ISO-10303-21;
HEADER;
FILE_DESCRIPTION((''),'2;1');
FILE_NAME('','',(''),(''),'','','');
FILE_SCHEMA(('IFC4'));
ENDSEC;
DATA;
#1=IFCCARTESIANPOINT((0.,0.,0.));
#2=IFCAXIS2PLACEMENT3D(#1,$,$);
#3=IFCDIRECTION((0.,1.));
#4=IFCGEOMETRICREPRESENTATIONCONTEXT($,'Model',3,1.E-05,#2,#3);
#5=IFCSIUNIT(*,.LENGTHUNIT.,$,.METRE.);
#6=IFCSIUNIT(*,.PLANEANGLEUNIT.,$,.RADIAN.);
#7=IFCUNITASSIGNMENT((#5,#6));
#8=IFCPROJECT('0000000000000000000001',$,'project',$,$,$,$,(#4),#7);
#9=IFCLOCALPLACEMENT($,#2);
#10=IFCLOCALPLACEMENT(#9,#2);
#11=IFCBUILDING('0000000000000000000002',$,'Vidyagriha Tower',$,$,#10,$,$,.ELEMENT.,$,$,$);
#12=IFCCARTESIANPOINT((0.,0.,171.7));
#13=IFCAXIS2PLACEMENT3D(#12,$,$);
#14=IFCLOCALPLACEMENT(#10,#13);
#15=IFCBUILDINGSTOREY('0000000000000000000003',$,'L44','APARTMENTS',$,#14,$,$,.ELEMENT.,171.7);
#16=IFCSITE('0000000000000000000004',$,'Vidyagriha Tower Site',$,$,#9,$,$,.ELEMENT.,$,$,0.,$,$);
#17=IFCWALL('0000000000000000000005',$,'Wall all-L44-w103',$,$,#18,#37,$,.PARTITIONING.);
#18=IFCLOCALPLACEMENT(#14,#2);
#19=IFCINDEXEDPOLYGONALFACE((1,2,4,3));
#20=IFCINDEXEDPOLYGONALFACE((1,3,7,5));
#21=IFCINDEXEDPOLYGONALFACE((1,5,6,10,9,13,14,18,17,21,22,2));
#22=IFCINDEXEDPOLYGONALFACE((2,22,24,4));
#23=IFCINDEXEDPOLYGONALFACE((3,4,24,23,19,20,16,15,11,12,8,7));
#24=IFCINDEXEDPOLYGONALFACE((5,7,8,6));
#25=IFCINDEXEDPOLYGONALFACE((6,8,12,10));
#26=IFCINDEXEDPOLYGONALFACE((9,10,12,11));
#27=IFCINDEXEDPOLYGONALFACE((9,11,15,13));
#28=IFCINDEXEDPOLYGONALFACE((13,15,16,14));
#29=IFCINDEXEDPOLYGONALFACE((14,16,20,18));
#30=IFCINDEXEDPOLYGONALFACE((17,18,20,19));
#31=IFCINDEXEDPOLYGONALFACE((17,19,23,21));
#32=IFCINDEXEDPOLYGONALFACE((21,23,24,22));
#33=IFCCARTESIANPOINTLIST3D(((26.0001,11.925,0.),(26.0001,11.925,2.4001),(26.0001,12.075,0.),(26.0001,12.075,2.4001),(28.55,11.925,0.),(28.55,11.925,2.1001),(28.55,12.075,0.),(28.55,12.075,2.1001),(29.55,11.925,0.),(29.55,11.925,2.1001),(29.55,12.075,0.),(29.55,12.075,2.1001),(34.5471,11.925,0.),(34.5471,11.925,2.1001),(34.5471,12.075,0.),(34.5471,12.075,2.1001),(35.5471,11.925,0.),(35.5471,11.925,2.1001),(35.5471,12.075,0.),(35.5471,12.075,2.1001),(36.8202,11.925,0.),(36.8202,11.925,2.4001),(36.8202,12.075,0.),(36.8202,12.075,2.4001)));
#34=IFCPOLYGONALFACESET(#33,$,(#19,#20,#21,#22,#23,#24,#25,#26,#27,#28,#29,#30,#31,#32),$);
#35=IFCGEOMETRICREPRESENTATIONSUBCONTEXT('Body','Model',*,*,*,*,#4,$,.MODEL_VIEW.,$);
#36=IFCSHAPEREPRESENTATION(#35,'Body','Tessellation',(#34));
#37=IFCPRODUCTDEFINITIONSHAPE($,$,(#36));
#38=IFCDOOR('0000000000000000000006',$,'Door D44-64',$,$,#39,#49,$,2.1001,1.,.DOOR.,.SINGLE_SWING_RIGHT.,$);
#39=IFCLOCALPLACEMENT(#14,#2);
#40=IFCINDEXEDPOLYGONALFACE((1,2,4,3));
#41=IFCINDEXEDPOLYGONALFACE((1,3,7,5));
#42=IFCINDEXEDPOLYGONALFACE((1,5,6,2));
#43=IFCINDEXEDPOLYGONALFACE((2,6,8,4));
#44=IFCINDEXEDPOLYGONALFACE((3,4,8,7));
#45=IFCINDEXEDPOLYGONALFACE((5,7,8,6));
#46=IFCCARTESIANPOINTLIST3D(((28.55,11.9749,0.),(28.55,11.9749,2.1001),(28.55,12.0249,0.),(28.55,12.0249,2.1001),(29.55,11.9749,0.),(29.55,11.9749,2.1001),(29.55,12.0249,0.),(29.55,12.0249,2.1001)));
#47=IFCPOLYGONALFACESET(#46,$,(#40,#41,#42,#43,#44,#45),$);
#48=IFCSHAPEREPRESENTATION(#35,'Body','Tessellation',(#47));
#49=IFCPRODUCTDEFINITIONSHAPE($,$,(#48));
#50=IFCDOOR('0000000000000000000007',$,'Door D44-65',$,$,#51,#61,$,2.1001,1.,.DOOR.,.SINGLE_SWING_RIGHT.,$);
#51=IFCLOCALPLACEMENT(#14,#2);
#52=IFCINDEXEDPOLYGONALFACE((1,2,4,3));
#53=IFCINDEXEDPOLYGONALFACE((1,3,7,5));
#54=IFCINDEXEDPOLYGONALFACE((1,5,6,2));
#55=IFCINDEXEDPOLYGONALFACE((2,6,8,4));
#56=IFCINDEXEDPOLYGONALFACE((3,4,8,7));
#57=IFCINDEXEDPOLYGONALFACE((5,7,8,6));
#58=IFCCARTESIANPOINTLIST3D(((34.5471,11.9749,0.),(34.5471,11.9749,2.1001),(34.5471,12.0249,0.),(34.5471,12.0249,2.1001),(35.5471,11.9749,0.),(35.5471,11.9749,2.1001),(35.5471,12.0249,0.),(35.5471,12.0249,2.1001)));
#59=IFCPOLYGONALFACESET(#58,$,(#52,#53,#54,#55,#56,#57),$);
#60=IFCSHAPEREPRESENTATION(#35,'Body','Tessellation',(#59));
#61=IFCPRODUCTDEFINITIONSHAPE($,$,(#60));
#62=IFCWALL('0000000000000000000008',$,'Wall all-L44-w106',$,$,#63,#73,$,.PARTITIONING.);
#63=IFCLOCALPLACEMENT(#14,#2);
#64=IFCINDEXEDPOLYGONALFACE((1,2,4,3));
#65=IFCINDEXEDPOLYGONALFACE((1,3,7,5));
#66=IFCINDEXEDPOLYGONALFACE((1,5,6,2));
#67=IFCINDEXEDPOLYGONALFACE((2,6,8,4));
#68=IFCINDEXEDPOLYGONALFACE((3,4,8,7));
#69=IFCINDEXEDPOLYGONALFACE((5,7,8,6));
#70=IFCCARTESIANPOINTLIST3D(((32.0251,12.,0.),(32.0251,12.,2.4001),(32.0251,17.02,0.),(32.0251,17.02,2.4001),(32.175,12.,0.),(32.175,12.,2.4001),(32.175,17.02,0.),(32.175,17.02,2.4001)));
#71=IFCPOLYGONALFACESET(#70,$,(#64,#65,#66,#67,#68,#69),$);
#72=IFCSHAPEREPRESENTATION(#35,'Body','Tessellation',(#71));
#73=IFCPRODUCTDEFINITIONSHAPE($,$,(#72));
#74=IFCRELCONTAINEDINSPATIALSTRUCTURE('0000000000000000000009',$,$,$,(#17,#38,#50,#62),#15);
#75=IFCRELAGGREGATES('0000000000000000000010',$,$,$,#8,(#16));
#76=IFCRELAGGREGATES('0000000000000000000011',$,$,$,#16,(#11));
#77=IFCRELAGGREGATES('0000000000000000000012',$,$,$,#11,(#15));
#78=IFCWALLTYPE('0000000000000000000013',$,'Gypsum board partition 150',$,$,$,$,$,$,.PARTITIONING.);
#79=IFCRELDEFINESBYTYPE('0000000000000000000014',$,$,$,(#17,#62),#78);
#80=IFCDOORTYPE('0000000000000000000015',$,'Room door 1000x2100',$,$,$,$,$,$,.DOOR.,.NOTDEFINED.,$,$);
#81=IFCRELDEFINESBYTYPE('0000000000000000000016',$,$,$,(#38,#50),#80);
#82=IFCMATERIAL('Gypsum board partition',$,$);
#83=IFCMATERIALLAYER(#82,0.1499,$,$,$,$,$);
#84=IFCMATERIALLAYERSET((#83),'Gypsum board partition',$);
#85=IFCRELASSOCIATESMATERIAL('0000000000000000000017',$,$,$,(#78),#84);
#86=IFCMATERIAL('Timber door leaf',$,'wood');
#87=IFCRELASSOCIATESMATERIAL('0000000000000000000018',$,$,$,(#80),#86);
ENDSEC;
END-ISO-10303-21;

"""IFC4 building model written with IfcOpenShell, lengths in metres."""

from ifc_helpers import new_model, si_unit, direction, frame, frame_2d, origin, place, context, subcontext, project, spatial, rectangle, extrude, material, layer, layer_set, type_object, element, fill, save


model = new_model("IFC4")

# Units and contexts
model_context = context("Model", 3, precision=1e-05, world=origin(), true_north=direction((0.0, 1.0)))
body_context = subcontext(model_context, "Body", "Model", "MODEL_VIEW")
ifc_project = project(units=[si_unit("LENGTHUNIT", "METRE"), si_unit("PLANEANGLEUNIT", "RADIAN")], contexts=[model_context])

# Site, building, storey
site_placement = place(None, origin())
site = spatial("IfcSite", under=ifc_project, at=site_placement, Name="Vidyagriha Tower Site", CompositionType="ELEMENT", RefElevation=0.0)
building_placement = place(site_placement, origin())
building = spatial("IfcBuilding", under=site, at=building_placement, Name="Vidyagriha Tower", CompositionType="ELEMENT")
storey_placement = place(building_placement, frame((0.0, 0.0, 171.7)))
storey = spatial("IfcBuildingStorey", under=building, at=storey_placement, Name="L44", Description="APARTMENTS", CompositionType="ELEMENT", Elevation=171.7)

# Wall, openings, doors
ifc_material_1 = material(Name="Gypsum board partition")
ifc_layer_1 = layer(ifc_material_1, 0.1499)
ifc_layer_set_1 = layer_set([ifc_layer_1], Name="Gypsum board partition")
wall_type_1 = type_object("IfcWallType", Name="Gypsum board partition 150", PredefinedType="PARTITIONING", material=ifc_layer_set_1)
wall_1_placement = place(storey_placement, frame((26.0, 12.0, 0.0)))
wall_1 = element("IfcWall", 1, at=wall_1_placement, inside=storey, type_object=wall_type_1, Name="Wall all-L44-w103", PredefinedType="PARTITIONING", context=body_context, shape_type="SweptSolid", body=[
    extrude(rectangle(XDim=10.8201, YDim=0.1499, at=frame_2d((5.4102, 0.0))), origin(), (0.0, 0.0, 1.0), 2.4001),
])
opening_1_placement = place(wall_1_placement, frame((2.55, 0.0, 0.0)))
opening_1 = element("IfcOpeningElement", 2, at=opening_1_placement, cuts=wall_1, PredefinedType="OPENING", context=body_context, shape_type="SweptSolid", body=[
    extrude(rectangle(XDim=1.0, YDim=2.1001, at=frame_2d((0.5, 1.05))), frame((0.0, 0.085, 0.0), z_axis=(0.0, -1.0, 0.0), x_axis=(1.0, 0.0, 0.0)), (0.0, 0.0, 1.0), 0.1699),
])
opening_2_placement = place(wall_1_placement, frame((8.5471, 0.0, 0.0)))
opening_2 = element("IfcOpeningElement", 3, at=opening_2_placement, cuts=wall_1, PredefinedType="OPENING", context=body_context, shape_type="SweptSolid", body=[
    extrude(rectangle(XDim=1.0, YDim=2.1001, at=frame_2d((0.5, 1.05))), frame((0.0, 0.085, 0.0), z_axis=(0.0, -1.0, 0.0), x_axis=(1.0, 0.0, 0.0)), (0.0, 0.0, 1.0), 0.1699),
])
ifc_material_2 = material(Name="Timber door leaf", Category="wood")
door_type = type_object("IfcDoorType", Name="Room door 1000x2100", OperationType="NOTDEFINED", PredefinedType="DOOR", material=ifc_material_2)
door_1_placement = place(opening_1_placement, origin())
door_1 = element("IfcDoor", 4, at=door_1_placement, inside=storey, type_object=door_type, Name="Door D44-64", OperationType="SINGLE_SWING_RIGHT", OverallHeight=2.1001, OverallWidth=1.0, PredefinedType="DOOR", context=body_context, shape_type="SweptSolid", body=[
    extrude(rectangle(XDim=1.0, YDim=2.1001, at=frame_2d((0.5, 1.05))), frame((0.0, 0.0249, 0.0), z_axis=(0.0, -1.0, 0.0), x_axis=(1.0, 0.0, 0.0)), (0.0, 0.0, 1.0), 0.05),
])
fill(opening_1, door_1)
door_2_placement = place(opening_2_placement, origin())
door_2 = element("IfcDoor", 5, at=door_2_placement, inside=storey, type_object=door_type, Name="Door D44-65", OperationType="SINGLE_SWING_RIGHT", OverallHeight=2.1001, OverallWidth=1.0, PredefinedType="DOOR", context=body_context, shape_type="SweptSolid", body=[
    extrude(rectangle(XDim=1.0, YDim=2.1001, at=frame_2d((0.5, 1.05))), frame((0.0, 0.0249, 0.0), z_axis=(0.0, -1.0, 0.0), x_axis=(1.0, 0.0, 0.0)), (0.0, 0.0, 1.0), 0.05),
])
fill(opening_2, door_2)

# Wall
wall_2_placement = place(storey_placement, frame((32.1001, 17.02, 0.0), z_axis=(0.0, 0.0, 1.0), x_axis=(0.0, -1.0, 0.0)))
element("IfcWall", 6, at=wall_2_placement, inside=storey, type_object=wall_type_1, Name="Wall all-L44-w106", PredefinedType="PARTITIONING", context=body_context, shape_type="SweptSolid", body=[
    extrude(rectangle(XDim=5.02, YDim=0.1499, at=frame_2d((2.51, 0.0))), origin(), (0.0, 0.0, 1.0), 2.4001),
])

save(model, "model.ifc")
